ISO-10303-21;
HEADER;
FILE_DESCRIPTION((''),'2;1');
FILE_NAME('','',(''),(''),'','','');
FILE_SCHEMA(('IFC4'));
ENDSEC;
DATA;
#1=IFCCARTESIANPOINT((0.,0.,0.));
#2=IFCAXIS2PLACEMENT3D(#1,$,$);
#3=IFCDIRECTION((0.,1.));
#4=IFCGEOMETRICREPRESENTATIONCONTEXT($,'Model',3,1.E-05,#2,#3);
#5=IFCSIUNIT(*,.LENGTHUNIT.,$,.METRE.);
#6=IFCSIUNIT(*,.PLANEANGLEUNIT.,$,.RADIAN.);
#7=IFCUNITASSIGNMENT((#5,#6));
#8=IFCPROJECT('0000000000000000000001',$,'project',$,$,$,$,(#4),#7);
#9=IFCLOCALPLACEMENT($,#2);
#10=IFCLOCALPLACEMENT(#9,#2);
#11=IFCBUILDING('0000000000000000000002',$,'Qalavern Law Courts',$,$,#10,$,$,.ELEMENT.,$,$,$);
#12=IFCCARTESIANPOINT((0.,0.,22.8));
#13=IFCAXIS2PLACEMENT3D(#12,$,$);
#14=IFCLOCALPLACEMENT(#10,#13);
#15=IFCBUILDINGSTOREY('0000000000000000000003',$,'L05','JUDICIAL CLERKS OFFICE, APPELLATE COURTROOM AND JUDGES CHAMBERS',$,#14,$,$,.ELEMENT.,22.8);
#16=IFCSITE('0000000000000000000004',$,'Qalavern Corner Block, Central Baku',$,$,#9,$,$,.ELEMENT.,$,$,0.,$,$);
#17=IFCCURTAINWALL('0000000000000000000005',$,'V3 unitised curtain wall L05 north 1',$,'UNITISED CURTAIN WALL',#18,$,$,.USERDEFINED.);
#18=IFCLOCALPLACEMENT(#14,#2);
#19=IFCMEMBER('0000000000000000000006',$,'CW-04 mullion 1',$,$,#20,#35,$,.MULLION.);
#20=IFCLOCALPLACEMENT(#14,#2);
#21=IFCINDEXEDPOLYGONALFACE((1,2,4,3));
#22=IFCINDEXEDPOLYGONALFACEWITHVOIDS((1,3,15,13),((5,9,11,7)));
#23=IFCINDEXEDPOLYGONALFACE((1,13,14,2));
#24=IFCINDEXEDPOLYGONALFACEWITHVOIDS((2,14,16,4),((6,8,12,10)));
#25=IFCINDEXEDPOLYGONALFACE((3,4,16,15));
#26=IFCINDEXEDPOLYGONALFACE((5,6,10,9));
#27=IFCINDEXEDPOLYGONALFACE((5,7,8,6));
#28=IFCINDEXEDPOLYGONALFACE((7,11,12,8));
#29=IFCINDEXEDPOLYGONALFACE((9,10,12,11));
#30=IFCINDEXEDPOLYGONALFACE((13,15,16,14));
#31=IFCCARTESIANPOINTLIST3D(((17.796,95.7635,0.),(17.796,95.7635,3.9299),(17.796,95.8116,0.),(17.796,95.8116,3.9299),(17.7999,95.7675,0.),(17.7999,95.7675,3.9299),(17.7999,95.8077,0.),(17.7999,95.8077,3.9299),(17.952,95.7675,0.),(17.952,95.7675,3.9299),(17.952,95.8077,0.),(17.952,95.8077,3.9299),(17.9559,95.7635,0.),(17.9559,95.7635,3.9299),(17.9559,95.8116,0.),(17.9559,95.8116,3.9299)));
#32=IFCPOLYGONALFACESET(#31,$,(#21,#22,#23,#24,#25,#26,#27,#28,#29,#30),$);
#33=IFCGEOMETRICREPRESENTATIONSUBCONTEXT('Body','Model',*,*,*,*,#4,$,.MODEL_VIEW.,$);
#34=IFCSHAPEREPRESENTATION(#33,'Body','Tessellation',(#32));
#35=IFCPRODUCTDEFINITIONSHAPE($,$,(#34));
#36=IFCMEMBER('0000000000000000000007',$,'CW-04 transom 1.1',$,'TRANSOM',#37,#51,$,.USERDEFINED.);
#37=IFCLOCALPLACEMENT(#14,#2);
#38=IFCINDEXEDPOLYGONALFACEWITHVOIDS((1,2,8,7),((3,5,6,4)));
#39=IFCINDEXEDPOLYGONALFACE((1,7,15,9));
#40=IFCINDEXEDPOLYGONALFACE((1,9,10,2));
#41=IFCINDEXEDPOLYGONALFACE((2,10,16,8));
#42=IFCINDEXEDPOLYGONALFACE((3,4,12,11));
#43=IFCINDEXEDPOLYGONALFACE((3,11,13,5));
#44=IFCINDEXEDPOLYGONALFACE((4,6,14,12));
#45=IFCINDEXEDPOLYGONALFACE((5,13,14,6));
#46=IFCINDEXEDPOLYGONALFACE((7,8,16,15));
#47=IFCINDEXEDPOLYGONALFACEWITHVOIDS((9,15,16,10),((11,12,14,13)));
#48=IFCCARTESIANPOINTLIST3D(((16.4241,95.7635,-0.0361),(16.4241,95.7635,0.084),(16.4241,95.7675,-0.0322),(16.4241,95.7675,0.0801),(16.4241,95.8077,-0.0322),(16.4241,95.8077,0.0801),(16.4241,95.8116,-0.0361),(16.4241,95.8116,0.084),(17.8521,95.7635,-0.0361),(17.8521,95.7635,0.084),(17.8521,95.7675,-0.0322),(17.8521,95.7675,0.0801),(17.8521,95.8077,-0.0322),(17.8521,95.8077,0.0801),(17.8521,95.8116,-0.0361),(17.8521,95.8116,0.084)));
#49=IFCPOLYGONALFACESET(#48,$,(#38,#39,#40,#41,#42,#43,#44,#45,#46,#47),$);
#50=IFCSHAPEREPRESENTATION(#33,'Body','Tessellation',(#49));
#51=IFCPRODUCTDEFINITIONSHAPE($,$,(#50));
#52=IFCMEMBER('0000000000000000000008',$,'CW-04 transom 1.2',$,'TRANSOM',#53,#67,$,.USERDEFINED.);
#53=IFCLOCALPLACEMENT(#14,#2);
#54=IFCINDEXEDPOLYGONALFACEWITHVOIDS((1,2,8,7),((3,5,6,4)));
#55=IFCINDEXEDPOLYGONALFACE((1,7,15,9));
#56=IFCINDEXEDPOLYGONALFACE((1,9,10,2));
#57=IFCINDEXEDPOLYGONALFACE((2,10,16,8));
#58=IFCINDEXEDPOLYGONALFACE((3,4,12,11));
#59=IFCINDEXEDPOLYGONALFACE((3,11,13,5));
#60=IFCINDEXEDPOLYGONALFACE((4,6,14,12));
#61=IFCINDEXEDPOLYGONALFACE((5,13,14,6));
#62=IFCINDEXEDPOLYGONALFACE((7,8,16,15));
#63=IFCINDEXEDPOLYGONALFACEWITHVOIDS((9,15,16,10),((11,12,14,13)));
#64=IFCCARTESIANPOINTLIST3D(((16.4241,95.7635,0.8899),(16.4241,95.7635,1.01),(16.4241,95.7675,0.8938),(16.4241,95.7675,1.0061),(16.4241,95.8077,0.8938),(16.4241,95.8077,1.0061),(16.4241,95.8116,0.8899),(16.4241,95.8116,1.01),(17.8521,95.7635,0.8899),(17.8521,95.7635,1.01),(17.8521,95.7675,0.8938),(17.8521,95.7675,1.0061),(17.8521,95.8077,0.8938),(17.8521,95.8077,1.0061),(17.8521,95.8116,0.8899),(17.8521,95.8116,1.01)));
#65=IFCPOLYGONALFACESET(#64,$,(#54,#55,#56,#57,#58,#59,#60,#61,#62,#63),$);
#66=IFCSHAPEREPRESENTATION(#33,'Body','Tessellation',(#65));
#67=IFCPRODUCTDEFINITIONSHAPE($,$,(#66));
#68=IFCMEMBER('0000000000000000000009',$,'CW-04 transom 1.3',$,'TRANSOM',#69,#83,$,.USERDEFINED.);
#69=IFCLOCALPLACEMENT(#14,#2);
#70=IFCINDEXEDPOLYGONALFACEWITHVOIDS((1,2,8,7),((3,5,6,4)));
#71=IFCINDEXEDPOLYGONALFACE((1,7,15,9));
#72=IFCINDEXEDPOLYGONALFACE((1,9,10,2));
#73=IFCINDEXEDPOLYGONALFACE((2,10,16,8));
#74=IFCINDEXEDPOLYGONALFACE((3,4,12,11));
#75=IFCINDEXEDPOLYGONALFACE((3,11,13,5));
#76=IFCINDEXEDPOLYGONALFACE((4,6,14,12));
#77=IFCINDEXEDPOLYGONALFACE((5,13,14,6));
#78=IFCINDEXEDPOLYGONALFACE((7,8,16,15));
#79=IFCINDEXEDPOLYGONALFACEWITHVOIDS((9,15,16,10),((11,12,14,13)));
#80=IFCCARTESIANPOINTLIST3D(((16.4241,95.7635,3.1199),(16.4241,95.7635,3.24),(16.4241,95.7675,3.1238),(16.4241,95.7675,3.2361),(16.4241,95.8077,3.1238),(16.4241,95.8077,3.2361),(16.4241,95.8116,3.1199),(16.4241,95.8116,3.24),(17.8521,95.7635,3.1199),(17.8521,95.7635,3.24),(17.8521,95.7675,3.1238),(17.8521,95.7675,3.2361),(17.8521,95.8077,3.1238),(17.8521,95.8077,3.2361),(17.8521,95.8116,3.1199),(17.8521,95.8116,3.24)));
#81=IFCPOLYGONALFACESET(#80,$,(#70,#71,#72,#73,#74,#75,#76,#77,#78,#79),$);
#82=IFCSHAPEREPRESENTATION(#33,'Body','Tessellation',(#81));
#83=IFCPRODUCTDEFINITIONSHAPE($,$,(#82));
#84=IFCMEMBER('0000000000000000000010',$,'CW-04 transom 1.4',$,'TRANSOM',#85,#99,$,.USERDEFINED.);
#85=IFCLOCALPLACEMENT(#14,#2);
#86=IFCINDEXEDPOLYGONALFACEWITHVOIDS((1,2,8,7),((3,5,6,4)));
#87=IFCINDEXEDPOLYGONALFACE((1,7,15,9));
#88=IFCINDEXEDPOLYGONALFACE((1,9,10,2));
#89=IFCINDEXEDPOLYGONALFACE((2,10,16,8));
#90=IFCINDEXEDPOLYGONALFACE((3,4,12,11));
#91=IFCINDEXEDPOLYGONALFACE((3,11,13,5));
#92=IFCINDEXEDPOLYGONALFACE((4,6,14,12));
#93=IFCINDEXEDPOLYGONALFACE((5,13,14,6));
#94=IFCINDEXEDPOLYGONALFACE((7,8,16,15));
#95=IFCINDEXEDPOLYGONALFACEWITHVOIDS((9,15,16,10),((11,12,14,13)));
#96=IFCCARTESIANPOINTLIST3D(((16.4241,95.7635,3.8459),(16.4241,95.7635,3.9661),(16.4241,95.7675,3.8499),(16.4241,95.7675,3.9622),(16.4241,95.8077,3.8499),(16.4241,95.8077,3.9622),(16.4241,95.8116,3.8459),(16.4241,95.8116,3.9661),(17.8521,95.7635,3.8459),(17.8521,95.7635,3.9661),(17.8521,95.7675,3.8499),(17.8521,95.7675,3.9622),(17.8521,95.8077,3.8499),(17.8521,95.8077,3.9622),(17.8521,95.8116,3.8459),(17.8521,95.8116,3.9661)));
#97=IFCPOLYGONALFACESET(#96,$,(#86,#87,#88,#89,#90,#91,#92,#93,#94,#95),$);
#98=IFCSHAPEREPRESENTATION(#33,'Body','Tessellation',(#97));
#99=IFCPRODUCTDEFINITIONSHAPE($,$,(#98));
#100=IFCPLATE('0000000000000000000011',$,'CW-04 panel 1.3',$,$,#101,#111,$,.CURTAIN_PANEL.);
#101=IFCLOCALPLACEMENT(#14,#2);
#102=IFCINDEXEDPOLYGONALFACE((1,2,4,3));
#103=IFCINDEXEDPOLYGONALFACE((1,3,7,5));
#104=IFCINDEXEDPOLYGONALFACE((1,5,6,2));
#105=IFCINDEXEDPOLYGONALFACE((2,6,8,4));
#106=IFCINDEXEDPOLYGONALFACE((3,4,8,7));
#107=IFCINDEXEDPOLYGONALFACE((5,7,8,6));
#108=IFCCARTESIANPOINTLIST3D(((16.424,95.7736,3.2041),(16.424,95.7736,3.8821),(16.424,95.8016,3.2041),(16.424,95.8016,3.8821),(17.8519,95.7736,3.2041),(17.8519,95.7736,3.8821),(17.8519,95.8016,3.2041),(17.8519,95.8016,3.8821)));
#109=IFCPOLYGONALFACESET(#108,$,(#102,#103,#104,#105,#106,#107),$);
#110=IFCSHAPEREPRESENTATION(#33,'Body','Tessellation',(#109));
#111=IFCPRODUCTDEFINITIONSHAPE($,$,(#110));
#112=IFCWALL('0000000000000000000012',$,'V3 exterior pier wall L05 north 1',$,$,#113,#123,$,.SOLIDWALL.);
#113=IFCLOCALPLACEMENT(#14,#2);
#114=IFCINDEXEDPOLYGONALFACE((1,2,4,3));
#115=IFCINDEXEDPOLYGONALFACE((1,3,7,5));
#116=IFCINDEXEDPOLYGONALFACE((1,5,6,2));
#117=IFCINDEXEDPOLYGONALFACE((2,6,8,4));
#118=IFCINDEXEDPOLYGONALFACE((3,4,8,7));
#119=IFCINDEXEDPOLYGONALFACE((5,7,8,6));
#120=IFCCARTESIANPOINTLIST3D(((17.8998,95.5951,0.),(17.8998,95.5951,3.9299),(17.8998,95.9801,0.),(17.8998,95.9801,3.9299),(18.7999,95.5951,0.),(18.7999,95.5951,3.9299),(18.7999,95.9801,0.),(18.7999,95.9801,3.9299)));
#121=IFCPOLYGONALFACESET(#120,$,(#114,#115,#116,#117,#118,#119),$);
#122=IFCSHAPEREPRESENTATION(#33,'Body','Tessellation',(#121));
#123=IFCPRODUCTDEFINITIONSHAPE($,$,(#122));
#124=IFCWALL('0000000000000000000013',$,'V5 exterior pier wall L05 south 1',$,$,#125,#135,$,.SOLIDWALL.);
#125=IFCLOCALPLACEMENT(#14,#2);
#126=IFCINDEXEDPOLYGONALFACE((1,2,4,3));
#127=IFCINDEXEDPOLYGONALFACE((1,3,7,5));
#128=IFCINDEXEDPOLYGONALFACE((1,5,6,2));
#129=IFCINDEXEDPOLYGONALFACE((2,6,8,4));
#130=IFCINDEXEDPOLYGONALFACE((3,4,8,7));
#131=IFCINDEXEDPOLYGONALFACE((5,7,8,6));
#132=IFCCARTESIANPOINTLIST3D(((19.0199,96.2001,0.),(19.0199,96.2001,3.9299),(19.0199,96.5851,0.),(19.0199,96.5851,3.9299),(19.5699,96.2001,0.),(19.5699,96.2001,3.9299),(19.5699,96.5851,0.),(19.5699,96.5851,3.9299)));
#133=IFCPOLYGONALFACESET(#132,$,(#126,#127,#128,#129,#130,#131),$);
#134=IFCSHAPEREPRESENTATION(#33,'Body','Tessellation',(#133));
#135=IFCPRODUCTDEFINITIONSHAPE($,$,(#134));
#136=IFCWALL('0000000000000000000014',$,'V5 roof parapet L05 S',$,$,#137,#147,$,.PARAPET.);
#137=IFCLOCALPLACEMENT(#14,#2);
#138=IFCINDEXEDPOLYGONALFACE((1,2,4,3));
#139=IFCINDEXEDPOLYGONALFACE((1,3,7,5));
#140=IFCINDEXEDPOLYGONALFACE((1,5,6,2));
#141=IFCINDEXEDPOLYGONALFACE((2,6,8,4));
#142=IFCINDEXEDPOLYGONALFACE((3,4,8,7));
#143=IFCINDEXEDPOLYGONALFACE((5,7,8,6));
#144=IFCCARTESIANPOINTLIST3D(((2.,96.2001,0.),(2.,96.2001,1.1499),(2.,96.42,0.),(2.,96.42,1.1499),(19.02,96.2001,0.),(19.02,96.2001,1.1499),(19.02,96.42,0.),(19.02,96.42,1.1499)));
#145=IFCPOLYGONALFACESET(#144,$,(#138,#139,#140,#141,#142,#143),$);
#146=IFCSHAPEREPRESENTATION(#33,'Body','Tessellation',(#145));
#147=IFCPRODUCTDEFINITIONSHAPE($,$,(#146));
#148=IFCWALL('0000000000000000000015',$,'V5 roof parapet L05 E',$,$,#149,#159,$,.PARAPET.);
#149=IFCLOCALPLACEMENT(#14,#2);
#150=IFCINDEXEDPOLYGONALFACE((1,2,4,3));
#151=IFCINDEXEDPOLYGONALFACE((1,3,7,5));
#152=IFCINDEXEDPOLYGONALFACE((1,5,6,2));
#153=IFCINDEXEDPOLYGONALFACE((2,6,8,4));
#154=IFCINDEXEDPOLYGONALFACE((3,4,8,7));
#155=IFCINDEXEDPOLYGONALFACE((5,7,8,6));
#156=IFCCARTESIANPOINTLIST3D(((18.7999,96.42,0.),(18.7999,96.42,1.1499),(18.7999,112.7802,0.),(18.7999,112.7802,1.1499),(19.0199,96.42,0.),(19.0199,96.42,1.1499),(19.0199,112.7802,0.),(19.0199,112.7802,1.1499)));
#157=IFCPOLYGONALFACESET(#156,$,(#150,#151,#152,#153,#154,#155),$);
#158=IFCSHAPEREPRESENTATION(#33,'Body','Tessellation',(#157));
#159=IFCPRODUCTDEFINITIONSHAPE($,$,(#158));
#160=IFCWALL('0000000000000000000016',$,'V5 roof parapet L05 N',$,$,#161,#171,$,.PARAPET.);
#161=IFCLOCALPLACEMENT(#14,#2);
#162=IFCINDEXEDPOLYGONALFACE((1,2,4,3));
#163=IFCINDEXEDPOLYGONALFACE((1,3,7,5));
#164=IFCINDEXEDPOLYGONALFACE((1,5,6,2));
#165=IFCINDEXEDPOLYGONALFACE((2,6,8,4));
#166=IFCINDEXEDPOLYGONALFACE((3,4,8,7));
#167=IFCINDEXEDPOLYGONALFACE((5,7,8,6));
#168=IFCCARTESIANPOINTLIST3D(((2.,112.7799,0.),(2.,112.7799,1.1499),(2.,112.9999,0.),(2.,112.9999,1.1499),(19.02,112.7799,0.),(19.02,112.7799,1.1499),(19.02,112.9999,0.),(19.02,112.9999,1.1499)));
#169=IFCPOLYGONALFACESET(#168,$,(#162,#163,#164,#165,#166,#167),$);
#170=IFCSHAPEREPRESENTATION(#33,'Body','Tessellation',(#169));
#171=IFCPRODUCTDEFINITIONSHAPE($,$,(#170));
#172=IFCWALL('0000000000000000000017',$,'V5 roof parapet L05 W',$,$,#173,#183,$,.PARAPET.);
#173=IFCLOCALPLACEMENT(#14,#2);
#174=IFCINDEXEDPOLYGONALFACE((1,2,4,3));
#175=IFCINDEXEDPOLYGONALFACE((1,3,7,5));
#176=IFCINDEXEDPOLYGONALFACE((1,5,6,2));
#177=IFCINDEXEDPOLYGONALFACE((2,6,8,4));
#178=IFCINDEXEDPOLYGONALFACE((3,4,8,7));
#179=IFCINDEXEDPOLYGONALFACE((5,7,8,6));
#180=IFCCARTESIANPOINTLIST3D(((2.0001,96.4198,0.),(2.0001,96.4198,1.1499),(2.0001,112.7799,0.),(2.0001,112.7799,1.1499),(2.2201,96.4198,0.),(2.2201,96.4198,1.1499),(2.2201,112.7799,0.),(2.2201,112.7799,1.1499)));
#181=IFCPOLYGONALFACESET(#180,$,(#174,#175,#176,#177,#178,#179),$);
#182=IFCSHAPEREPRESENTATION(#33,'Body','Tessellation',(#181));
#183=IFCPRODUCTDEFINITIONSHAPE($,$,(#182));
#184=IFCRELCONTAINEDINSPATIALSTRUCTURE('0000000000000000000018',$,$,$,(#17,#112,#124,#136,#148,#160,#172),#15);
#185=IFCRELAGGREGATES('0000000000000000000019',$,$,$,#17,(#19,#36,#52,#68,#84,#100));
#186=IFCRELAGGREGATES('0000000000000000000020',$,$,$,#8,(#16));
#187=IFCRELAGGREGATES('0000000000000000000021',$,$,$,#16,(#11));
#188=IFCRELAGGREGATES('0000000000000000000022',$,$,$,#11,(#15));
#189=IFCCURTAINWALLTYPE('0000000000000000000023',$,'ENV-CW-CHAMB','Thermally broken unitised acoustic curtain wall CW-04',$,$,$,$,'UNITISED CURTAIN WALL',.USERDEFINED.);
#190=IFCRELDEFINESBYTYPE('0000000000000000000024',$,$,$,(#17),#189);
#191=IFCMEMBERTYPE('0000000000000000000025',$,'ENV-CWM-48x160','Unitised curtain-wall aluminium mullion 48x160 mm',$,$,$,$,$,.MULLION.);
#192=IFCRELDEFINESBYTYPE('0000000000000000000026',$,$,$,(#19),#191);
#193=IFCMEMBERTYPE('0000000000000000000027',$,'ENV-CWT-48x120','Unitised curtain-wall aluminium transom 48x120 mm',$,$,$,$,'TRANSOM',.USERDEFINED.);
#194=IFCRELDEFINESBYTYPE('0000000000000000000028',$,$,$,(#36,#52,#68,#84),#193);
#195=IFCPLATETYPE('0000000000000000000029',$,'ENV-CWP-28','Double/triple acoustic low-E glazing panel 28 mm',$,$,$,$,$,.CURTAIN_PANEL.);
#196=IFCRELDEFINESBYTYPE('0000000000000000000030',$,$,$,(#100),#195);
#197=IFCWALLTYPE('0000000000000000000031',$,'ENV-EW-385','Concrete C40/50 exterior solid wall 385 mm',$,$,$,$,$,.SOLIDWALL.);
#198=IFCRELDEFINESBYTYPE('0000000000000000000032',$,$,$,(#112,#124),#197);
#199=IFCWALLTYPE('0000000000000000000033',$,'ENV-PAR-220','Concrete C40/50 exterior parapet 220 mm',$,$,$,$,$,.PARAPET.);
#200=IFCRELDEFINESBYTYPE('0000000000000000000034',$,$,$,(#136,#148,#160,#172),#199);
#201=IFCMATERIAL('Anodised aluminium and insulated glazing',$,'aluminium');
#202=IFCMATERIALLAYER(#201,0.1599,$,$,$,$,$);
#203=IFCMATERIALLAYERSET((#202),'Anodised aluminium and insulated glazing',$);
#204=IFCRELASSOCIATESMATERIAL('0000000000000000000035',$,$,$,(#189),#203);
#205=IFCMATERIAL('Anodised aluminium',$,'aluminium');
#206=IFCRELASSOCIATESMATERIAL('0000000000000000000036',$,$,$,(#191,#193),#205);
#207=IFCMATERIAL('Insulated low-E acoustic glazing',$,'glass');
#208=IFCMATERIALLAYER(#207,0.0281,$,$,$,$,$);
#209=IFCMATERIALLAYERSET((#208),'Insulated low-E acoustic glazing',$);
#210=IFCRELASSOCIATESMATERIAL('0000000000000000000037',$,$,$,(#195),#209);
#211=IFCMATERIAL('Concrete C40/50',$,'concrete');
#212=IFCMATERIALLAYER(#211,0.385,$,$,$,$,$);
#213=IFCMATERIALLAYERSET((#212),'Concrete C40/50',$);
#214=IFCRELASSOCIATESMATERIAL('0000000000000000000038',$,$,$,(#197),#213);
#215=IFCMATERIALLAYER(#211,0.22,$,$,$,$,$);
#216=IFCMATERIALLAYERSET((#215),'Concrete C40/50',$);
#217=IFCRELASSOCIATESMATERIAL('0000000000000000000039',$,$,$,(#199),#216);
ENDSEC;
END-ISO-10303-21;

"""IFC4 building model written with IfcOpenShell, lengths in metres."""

from ifc_helpers import new_model, si_unit, direction, frame, frame_2d, origin, origin_2d, place, context, subcontext, project, spatial, rectangle, hollow_rectangle, extrude, material, layer, layer_set, material_profile, profile_set, type_object, element, aggregate, save


model = new_model("IFC4")

# Units and contexts
model_context = context("Model", 3, precision=1e-05, world=origin(), true_north=direction((0.0, 1.0)))
body_context = subcontext(model_context, "Body", "Model", "MODEL_VIEW")
ifc_project = project(units=[si_unit("LENGTHUNIT", "METRE"), si_unit("PLANEANGLEUNIT", "RADIAN")], contexts=[model_context])

# Site, building, storey
site_placement = place(None, origin())
site = spatial("IfcSite", under=ifc_project, at=site_placement, Name="Qalavern Corner Block, Central Baku", CompositionType="ELEMENT", RefElevation=0.0)
building_placement = place(site_placement, origin())
building = spatial("IfcBuilding", under=site, at=building_placement, Name="Qalavern Law Courts", CompositionType="ELEMENT")
storey_placement = place(building_placement, frame((0.0, 0.0, 22.8)))
storey = spatial("IfcBuildingStorey", under=building, at=storey_placement, Name="L05", Description="JUDICIAL CLERKS OFFICE, APPELLATE COURTROOM AND JUDGES CHAMBERS", CompositionType="ELEMENT", Elevation=22.8)

# Curtain wall, members, plate
ifc_material_1 = material(Name="Anodised aluminium and insulated glazing", Category="aluminium")
ifc_layer_1 = layer(ifc_material_1, 0.1599)
ifc_layer_set_1 = layer_set([ifc_layer_1], Name="Anodised aluminium and insulated glazing")
curtain_wall_type = type_object("IfcCurtainWallType", Name="ENV-CW-CHAMB", Description="Thermally broken unitised acoustic curtain wall CW-04", ElementType="UNITISED CURTAIN WALL", PredefinedType="USERDEFINED", material=ifc_layer_set_1)
curtain_wall_placement = place(storey_placement, origin())
curtain_wall = element("IfcCurtainWall", 1, at=curtain_wall_placement, inside=storey, type_object=curtain_wall_type, Name="V3 unitised curtain wall L05 north 1", ObjectType="UNITISED CURTAIN WALL", PredefinedType="USERDEFINED")
ifc_material_2 = material(Name="Anodised aluminium", Category="aluminium")
ifc_material_profile_1 = material_profile(ifc_material_2, hollow_rectangle(XDim=0.0481, YDim=0.1599, WallThickness=0.0039, at=origin_2d()), Name="ALU MULLION 48x160")
ifc_profile_set_1 = profile_set([ifc_material_profile_1], Name="Anodised aluminium")
member_type_1 = type_object("IfcMemberType", Name="ENV-CWM-48x160", Description="Unitised curtain-wall aluminium mullion 48x160 mm", PredefinedType="MULLION", material=ifc_profile_set_1)
member_1_placement = place(storey_placement, frame((17.876, 95.7876, 0.0), z_axis=(0.0, 0.0, 1.0), x_axis=(0.0, -1.0, 0.0)))
member_1 = element("IfcMember", 2, at=member_1_placement, type_object=member_type_1, Name="CW-04 mullion 1", PredefinedType="MULLION", context=body_context, shape_type="SweptSolid", body=[
    extrude(hollow_rectangle(XDim=0.0481, YDim=0.1599, WallThickness=0.0039, at=origin_2d()), origin(), (0.0, 0.0, 1.0), 3.9299),
])
ifc_material_profile_2 = material_profile(ifc_material_2, hollow_rectangle(XDim=0.0481, YDim=0.1201, WallThickness=0.0039, at=origin_2d()), Name="ALU TRANSOM 48x120")
ifc_profile_set_2 = profile_set([ifc_material_profile_2], Name="Anodised aluminium")
member_type_2 = type_object("IfcMemberType", Name="ENV-CWT-48x120", Description="Unitised curtain-wall aluminium transom 48x120 mm", ElementType="TRANSOM", PredefinedType="USERDEFINED", material=ifc_profile_set_2)
member_2_placement = place(storey_placement, frame((17.8521, 95.7876, 0.0239), z_axis=(-1.0, 0.0, 0.0), x_axis=(0.0, -1.0, 0.0)))
member_2 = element("IfcMember", 3, at=member_2_placement, type_object=member_type_2, Name="CW-04 transom 1.1", ObjectType="TRANSOM", PredefinedType="USERDEFINED", context=body_context, shape_type="SweptSolid", body=[
    extrude(hollow_rectangle(XDim=0.0481, YDim=0.1201, WallThickness=0.0039, at=origin_2d()), origin(), (0.0, 0.0, 1.0), 1.428),
])
member_3_placement = place(storey_placement, frame((17.8521, 95.7876, 0.95), z_axis=(-1.0, 0.0, 0.0), x_axis=(0.0, -1.0, 0.0)))
member_3 = element("IfcMember", 4, at=member_3_placement, type_object=member_type_2, Name="CW-04 transom 1.2", ObjectType="TRANSOM", PredefinedType="USERDEFINED", context=body_context, shape_type="SweptSolid", body=[
    extrude(hollow_rectangle(XDim=0.0481, YDim=0.1201, WallThickness=0.0039, at=origin_2d()), origin(), (0.0, 0.0, 1.0), 1.428),
])
member_4_placement = place(storey_placement, frame((17.8521, 95.7876, 3.1799), z_axis=(-1.0, 0.0, 0.0), x_axis=(0.0, -1.0, 0.0)))
member_4 = element("IfcMember", 5, at=member_4_placement, type_object=member_type_2, Name="CW-04 transom 1.3", ObjectType="TRANSOM", PredefinedType="USERDEFINED", context=body_context, shape_type="SweptSolid", body=[
    extrude(hollow_rectangle(XDim=0.0481, YDim=0.1201, WallThickness=0.0039, at=origin_2d()), origin(), (0.0, 0.0, 1.0), 1.428),
])
member_5_placement = place(storey_placement, frame((17.8521, 95.7876, 3.906), z_axis=(-1.0, 0.0, 0.0), x_axis=(0.0, -1.0, 0.0)))
member_5 = element("IfcMember", 6, at=member_5_placement, type_object=member_type_2, Name="CW-04 transom 1.4", ObjectType="TRANSOM", PredefinedType="USERDEFINED", context=body_context, shape_type="SweptSolid", body=[
    extrude(hollow_rectangle(XDim=0.0481, YDim=0.1201, WallThickness=0.0039, at=origin_2d()), origin(), (0.0, 0.0, 1.0), 1.428),
])
ifc_material_3 = material(Name="Insulated low-E acoustic glazing", Category="glass")
ifc_layer_2 = layer(ifc_material_3, 0.0281)
ifc_layer_set_2 = layer_set([ifc_layer_2], Name="Insulated low-E acoustic glazing")
plate_type = type_object("IfcPlateType", Name="ENV-CWP-28", Description="Double/triple acoustic low-E glazing panel 28 mm", PredefinedType="CURTAIN_PANEL", material=ifc_layer_set_2)
plate_placement = place(storey_placement, frame((17.1379, 95.7876, 3.2041), z_axis=(0.0, 0.0, 1.0), x_axis=(-1.0, 0.0, 0.0)))
plate = element("IfcPlate", 7, at=plate_placement, type_object=plate_type, Name="CW-04 panel 1.3", PredefinedType="CURTAIN_PANEL", context=body_context, shape_type="SweptSolid", body=[
    extrude(rectangle(XDim=1.428, YDim=0.0281, at=origin_2d()), origin(), (0.0, 0.0, 1.0), 0.678),
])
aggregate(curtain_wall, [member_1, member_2, member_3, member_4, member_5, plate])

# Walls
ifc_material_4 = material(Name="Concrete C40/50", Category="concrete")
ifc_layer_3 = layer(ifc_material_4, 0.385)
ifc_layer_set_3 = layer_set([ifc_layer_3], Name="Concrete C40/50")
wall_type_1 = type_object("IfcWallType", Name="ENV-EW-385", Description="Concrete C40/50 exterior solid wall 385 mm", PredefinedType="SOLIDWALL", material=ifc_layer_set_3)
wall_1_placement = place(storey_placement, frame((18.8, 95.7876, 0.0), z_axis=(0.0, 0.0, 1.0), x_axis=(-1.0, 0.0, 0.0)))
element("IfcWall", 8, at=wall_1_placement, inside=storey, type_object=wall_type_1, Name="V3 exterior pier wall L05 north 1", PredefinedType="SOLIDWALL", context=body_context, shape_type="SweptSolid", body=[
    extrude(rectangle(XDim=0.9001, YDim=0.385, at=frame_2d((0.4502, 0.0))), origin(), (0.0, 0.0, 1.0), 3.9299),
])
wall_2_placement = place(storey_placement, frame((19.02, 96.3926, 0.0), z_axis=(0.0, 0.0, 1.0), x_axis=(1.0, 0.0, 0.0)))
element("IfcWall", 9, at=wall_2_placement, inside=storey, type_object=wall_type_1, Name="V5 exterior pier wall L05 south 1", PredefinedType="SOLIDWALL", context=body_context, shape_type="SweptSolid", body=[
    extrude(rectangle(XDim=0.55, YDim=0.385, at=frame_2d((0.2749, 0.0))), origin(), (0.0, 0.0, 1.0), 3.9299),
])
ifc_layer_4 = layer(ifc_material_4, 0.22)
ifc_layer_set_4 = layer_set([ifc_layer_4], Name="Concrete C40/50")
wall_type_2 = type_object("IfcWallType", Name="ENV-PAR-220", Description="Concrete C40/50 exterior parapet 220 mm", PredefinedType="PARAPET", material=ifc_layer_set_4)
wall_3_placement = place(storey_placement, frame((2.0, 96.3101, 0.0), z_axis=(0.0, 0.0, 1.0), x_axis=(1.0, 0.0, 0.0)))
element("IfcWall", 10, at=wall_3_placement, inside=storey, type_object=wall_type_2, Name="V5 roof parapet L05 S", PredefinedType="PARAPET", context=body_context, shape_type="SweptSolid", body=[
    extrude(rectangle(XDim=17.02, YDim=0.22, at=frame_2d((8.51, 0.0))), origin(), (0.0, 0.0, 1.0), 1.1499),
])
wall_4_placement = place(storey_placement, frame((18.9099, 96.4199, 0.0), z_axis=(0.0, 0.0, 1.0), x_axis=(0.0, 1.0, 0.0)))
element("IfcWall", 11, at=wall_4_placement, inside=storey, type_object=wall_type_2, Name="V5 roof parapet L05 E", PredefinedType="PARAPET", context=body_context, shape_type="SweptSolid", body=[
    extrude(rectangle(XDim=16.3601, YDim=0.22, at=frame_2d((8.1802, 0.0))), origin(), (0.0, 0.0, 1.0), 1.1499),
])
wall_5_placement = place(storey_placement, frame((19.02, 112.8899, 0.0), z_axis=(0.0, 0.0, 1.0), x_axis=(-1.0, 0.0, 0.0)))
element("IfcWall", 12, at=wall_5_placement, inside=storey, type_object=wall_type_2, Name="V5 roof parapet L05 N", PredefinedType="PARAPET", context=body_context, shape_type="SweptSolid", body=[
    extrude(rectangle(XDim=17.02, YDim=0.22, at=frame_2d((8.51, 0.0))), origin(), (0.0, 0.0, 1.0), 1.1499),
])
wall_6_placement = place(storey_placement, frame((2.1101, 112.78, 0.0), z_axis=(0.0, 0.0, 1.0), x_axis=(0.0, -1.0, 0.0)))
element("IfcWall", 13, at=wall_6_placement, inside=storey, type_object=wall_type_2, Name="V5 roof parapet L05 W", PredefinedType="PARAPET", context=body_context, shape_type="SweptSolid", body=[
    extrude(rectangle(XDim=16.3601, YDim=0.22, at=frame_2d((8.1802, 0.0))), origin(), (0.0, 0.0, 1.0), 1.1499),
])

save(model, "model.ifc")
